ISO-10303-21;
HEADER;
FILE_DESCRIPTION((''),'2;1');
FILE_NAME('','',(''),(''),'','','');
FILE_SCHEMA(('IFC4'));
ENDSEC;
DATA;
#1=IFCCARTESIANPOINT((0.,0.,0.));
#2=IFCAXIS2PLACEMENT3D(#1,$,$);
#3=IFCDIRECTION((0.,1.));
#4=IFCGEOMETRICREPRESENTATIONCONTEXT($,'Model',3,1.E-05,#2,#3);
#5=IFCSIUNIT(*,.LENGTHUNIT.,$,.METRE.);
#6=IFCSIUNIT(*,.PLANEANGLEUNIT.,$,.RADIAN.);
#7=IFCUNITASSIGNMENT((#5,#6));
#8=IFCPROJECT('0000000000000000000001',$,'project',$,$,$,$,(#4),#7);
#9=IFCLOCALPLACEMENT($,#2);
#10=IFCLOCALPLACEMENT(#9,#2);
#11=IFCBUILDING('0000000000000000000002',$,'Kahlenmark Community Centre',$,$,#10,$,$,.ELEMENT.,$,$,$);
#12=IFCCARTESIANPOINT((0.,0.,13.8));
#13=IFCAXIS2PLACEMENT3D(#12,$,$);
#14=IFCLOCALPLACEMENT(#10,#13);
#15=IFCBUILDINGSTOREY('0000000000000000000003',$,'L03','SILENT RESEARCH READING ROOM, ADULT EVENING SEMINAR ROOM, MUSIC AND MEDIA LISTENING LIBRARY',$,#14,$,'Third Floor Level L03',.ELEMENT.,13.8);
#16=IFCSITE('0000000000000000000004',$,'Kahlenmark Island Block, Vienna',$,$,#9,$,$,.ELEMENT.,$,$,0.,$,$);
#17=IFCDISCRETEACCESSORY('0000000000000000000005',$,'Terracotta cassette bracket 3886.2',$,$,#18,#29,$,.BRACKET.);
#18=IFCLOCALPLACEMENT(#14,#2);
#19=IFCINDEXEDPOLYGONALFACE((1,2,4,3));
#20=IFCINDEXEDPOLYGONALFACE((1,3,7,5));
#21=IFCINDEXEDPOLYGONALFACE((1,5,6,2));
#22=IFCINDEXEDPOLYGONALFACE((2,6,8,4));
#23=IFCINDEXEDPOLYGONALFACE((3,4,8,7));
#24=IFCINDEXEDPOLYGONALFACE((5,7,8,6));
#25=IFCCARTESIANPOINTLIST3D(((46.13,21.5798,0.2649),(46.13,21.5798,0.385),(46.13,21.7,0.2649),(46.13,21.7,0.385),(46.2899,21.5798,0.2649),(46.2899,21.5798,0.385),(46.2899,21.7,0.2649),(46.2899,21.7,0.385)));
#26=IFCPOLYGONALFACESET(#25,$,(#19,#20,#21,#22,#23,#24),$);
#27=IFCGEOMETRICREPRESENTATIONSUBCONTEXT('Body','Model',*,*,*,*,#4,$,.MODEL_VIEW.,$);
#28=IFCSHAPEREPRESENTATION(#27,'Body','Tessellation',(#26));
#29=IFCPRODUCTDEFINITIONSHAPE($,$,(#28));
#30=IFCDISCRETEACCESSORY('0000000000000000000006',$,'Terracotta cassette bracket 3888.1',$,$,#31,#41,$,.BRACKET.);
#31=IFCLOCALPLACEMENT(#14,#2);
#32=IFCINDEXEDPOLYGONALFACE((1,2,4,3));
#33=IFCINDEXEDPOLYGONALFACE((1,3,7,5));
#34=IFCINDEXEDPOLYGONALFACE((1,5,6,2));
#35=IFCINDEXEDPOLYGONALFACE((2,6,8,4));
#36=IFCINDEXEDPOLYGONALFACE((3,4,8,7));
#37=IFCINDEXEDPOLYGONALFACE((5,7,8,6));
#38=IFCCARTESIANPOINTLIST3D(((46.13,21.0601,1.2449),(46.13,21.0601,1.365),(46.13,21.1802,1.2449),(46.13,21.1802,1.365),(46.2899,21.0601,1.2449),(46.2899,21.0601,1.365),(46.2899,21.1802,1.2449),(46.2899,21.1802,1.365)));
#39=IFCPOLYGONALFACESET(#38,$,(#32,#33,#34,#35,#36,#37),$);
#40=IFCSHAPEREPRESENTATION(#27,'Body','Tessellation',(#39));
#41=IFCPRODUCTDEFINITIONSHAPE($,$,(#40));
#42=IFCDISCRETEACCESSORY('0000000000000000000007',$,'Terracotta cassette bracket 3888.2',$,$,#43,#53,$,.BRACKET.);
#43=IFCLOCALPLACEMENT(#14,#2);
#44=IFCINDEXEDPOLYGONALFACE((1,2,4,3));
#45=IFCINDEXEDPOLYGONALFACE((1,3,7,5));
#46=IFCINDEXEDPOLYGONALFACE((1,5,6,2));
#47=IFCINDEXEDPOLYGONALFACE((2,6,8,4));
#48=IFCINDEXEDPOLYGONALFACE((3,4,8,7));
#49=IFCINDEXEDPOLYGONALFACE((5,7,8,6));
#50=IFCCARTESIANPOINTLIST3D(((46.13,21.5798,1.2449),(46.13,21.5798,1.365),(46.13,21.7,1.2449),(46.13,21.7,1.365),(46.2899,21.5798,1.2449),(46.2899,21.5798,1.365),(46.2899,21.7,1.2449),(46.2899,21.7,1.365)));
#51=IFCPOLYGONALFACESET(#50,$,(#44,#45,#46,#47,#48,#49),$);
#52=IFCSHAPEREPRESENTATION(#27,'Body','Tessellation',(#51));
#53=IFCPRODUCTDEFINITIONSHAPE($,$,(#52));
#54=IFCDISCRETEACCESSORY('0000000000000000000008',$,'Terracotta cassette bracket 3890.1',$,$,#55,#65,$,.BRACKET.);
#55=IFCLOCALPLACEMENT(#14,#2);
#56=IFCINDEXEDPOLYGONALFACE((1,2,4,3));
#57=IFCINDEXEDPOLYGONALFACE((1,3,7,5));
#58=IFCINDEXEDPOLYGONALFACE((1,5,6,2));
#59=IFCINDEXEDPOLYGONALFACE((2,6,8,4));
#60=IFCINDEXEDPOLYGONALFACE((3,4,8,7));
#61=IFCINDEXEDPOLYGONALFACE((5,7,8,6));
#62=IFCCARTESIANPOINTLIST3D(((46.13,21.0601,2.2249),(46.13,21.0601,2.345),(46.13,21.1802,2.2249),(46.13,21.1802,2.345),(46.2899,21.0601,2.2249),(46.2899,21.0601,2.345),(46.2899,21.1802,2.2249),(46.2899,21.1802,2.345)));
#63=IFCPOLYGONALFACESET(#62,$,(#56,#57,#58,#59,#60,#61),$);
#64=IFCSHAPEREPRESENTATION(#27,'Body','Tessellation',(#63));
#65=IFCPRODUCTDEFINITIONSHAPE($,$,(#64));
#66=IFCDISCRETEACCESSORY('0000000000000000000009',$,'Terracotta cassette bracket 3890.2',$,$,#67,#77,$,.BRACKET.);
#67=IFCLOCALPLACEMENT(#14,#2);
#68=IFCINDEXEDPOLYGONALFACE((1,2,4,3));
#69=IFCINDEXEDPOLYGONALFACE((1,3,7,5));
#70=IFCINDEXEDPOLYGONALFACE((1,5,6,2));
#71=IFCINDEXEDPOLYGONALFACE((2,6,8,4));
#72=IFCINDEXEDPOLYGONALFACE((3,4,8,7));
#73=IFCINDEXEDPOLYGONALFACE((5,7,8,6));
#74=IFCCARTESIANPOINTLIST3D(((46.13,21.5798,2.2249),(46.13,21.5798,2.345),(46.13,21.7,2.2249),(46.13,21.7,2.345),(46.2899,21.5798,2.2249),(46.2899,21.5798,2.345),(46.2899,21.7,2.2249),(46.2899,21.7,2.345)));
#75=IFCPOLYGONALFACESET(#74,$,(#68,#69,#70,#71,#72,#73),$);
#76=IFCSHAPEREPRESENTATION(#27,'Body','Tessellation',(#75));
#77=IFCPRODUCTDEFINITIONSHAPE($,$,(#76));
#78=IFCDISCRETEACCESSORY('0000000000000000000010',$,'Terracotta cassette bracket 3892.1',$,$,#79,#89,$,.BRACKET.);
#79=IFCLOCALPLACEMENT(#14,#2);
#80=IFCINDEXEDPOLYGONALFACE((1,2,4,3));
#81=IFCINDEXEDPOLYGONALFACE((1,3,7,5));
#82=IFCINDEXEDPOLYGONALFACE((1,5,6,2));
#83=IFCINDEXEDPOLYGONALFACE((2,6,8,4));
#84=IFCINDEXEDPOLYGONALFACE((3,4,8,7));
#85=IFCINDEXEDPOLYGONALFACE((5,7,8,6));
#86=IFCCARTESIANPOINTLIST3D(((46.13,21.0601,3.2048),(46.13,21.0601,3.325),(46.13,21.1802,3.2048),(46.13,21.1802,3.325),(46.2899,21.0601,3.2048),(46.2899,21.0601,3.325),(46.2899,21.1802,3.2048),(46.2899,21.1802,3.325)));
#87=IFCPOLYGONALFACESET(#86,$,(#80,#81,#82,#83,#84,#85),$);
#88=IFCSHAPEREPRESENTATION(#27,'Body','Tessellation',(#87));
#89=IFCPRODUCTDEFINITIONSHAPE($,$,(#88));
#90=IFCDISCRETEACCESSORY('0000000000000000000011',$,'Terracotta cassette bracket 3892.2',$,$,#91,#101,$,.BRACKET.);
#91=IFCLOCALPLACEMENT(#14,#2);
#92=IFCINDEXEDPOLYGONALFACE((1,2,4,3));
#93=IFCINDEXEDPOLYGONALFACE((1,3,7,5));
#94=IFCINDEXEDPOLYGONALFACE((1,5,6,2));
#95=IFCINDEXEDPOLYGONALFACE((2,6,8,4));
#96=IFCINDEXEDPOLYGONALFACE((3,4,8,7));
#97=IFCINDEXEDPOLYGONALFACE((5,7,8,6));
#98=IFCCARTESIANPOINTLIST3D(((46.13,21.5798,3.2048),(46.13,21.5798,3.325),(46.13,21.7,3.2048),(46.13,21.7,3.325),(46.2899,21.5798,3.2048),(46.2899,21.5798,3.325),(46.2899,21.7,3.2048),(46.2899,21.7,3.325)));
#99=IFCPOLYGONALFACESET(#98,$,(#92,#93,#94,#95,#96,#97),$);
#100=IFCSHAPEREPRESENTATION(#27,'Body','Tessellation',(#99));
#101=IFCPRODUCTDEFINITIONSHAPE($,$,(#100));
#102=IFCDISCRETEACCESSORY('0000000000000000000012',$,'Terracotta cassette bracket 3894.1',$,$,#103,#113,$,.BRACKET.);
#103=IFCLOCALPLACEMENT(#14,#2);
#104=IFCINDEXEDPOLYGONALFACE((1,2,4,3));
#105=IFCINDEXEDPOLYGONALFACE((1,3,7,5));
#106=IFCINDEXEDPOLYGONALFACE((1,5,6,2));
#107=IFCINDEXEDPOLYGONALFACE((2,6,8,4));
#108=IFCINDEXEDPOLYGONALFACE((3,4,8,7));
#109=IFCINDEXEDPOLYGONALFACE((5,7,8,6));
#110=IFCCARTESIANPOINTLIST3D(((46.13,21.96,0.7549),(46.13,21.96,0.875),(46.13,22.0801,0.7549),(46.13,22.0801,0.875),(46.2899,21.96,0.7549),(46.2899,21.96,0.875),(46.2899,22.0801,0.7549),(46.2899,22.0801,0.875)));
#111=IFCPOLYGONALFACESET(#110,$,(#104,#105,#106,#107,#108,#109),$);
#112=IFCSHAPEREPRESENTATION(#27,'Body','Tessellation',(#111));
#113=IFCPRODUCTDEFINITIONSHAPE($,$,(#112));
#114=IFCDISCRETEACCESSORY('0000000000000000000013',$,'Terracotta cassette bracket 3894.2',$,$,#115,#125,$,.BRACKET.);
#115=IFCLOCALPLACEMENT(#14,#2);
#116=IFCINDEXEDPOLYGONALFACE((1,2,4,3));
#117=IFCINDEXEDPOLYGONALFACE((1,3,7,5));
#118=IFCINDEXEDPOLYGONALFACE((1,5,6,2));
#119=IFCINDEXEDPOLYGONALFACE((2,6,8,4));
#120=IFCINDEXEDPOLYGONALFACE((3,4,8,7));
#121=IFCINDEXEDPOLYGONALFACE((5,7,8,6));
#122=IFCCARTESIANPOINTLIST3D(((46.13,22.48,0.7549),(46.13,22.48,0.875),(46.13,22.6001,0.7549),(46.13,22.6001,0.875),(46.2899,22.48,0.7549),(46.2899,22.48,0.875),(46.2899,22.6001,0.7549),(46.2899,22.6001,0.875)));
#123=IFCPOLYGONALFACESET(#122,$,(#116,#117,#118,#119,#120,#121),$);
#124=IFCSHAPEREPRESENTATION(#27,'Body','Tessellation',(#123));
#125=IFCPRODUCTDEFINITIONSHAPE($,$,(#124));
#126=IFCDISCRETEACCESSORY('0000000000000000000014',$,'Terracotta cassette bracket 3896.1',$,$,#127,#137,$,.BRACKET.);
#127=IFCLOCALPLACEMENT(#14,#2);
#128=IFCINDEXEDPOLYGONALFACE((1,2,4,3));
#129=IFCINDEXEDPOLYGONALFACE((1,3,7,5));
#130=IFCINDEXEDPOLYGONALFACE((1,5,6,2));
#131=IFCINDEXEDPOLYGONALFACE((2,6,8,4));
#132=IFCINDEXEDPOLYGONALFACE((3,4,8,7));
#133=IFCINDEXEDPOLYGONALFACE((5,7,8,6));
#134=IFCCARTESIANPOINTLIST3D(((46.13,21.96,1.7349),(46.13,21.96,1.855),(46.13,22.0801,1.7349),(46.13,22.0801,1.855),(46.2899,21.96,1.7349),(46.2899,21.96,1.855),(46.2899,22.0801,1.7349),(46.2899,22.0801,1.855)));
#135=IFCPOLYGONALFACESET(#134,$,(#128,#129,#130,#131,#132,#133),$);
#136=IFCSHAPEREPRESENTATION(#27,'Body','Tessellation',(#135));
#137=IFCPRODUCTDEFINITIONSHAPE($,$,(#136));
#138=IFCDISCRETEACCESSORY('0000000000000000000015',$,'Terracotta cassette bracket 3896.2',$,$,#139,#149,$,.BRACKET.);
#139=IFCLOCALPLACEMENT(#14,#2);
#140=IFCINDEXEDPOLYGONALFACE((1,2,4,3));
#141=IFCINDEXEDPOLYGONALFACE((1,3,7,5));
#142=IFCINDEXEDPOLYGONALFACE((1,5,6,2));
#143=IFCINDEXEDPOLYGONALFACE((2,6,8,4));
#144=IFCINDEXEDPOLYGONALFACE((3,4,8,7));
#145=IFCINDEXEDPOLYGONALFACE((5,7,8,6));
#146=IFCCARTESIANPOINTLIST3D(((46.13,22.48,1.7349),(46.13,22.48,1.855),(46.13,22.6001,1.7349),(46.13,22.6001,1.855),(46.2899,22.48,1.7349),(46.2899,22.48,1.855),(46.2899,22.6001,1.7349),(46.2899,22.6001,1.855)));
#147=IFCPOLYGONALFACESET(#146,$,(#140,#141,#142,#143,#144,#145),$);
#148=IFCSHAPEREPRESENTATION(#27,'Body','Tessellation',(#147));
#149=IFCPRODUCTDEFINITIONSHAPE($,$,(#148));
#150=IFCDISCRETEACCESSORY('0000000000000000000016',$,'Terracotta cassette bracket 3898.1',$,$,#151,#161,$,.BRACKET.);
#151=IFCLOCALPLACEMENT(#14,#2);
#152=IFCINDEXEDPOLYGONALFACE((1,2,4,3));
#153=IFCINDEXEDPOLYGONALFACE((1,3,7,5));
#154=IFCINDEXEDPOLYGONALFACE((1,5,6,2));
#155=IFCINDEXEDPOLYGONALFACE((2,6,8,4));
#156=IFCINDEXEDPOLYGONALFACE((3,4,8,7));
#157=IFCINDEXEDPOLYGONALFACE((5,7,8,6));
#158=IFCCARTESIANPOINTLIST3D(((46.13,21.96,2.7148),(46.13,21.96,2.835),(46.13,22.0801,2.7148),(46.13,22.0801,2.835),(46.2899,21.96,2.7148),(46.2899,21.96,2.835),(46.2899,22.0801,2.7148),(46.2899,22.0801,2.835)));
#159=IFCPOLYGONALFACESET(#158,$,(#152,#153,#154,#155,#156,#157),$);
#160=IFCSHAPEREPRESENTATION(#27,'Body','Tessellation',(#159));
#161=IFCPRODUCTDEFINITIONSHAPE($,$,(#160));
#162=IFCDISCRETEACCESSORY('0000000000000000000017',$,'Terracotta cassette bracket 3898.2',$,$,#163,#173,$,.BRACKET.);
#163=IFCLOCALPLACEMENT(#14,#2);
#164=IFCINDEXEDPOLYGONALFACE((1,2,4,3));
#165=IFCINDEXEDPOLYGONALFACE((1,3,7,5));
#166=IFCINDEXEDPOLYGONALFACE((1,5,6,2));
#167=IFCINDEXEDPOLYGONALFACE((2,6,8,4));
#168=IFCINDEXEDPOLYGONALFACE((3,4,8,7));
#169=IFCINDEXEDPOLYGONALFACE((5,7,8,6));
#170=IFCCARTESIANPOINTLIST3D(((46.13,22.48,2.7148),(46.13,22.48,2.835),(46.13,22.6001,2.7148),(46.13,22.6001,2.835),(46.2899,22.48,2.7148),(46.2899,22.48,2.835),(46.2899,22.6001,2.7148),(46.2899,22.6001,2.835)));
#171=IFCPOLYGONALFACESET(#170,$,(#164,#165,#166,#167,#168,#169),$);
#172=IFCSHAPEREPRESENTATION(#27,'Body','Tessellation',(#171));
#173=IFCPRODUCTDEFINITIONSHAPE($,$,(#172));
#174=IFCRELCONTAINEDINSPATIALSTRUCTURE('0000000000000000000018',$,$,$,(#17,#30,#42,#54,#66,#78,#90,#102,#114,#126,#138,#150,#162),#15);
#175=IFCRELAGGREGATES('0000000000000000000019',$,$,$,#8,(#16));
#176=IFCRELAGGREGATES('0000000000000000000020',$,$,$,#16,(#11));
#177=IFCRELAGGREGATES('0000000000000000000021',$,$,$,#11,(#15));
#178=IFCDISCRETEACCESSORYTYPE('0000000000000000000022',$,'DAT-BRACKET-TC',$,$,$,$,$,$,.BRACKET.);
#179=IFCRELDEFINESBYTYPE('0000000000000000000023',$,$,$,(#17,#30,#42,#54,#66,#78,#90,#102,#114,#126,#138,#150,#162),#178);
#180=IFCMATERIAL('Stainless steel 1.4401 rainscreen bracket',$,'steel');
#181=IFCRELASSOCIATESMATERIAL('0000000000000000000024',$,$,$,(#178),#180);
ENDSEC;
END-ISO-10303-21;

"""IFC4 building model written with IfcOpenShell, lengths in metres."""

from ifc_helpers import new_model, si_unit, direction, frame, origin, origin_2d, place, context, subcontext, project, spatial, rectangle, extrude, material, type_object, element, save


model = new_model("IFC4")

# Units and contexts
model_context = context("Model", 3, precision=1e-05, world=origin(), true_north=direction((0.0, 1.0)))
body_context = subcontext(model_context, "Body", "Model", "MODEL_VIEW")
ifc_project = project(units=[si_unit("LENGTHUNIT", "METRE"), si_unit("PLANEANGLEUNIT", "RADIAN")], contexts=[model_context])

# Site, building, storey
site_placement = place(None, origin())
site = spatial("IfcSite", under=ifc_project, at=site_placement, Name="Kahlenmark Island Block, Vienna", CompositionType="ELEMENT", RefElevation=0.0)
building_placement = place(site_placement, origin())
building = spatial("IfcBuilding", under=site, at=building_placement, Name="Kahlenmark Community Centre", CompositionType="ELEMENT")
storey_placement = place(building_placement, frame((0.0, 0.0, 13.8)))
storey = spatial("IfcBuildingStorey", under=building, at=storey_placement, Name="L03", Description="SILENT RESEARCH READING ROOM, ADULT EVENING SEMINAR ROOM, MUSIC AND MEDIA LISTENING LIBRARY", LongName="Third Floor Level L03", CompositionType="ELEMENT", Elevation=13.8)

# Discrete accessories
ifc_material_1 = material(Name="Stainless steel 1.4401 rainscreen bracket", Category="steel")
discrete_accessory_type = type_object("IfcDiscreteAccessoryType", Name="DAT-BRACKET-TC", PredefinedType="BRACKET", material=ifc_material_1)
for number, where, z_axis, x_axis, name in (
    (1, (46.21, 21.6399, 0.2649), (0.0, 0.0, 1.0), (0.0, 1.0, 0.0), "Terracotta cassette bracket 3886.2"),
    (2, (46.21, 21.1201, 1.2449), (0.0, 0.0, 1.0), (0.0, 1.0, 0.0), "Terracotta cassette bracket 3888.1"),
    (3, (46.21, 21.6399, 1.2449), (0.0, 0.0, 1.0), (0.0, 1.0, 0.0), "Terracotta cassette bracket 3888.2"),
    (4, (46.21, 21.1201, 2.2249), (0.0, 0.0, 1.0), (0.0, 1.0, 0.0), "Terracotta cassette bracket 3890.1"),
    (5, (46.21, 21.6399, 2.2249), (0.0, 0.0, 1.0), (0.0, 1.0, 0.0), "Terracotta cassette bracket 3890.2"),
    (6, (46.21, 21.1201, 3.2048), (0.0, 0.0, 1.0), (0.0, 1.0, 0.0), "Terracotta cassette bracket 3892.1"),
    (7, (46.21, 21.6399, 3.2048), (0.0, 0.0, 1.0), (0.0, 1.0, 0.0), "Terracotta cassette bracket 3892.2"),
    (8, (46.21, 22.02, 0.7549), (0.0, 0.0, 1.0), (0.0, 1.0, 0.0), "Terracotta cassette bracket 3894.1"),
    (9, (46.21, 22.54, 0.7549), (0.0, 0.0, 1.0), (0.0, 1.0, 0.0), "Terracotta cassette bracket 3894.2"),
    (10, (46.21, 22.02, 1.7349), (0.0, 0.0, 1.0), (0.0, 1.0, 0.0), "Terracotta cassette bracket 3896.1"),
    (11, (46.21, 22.54, 1.7349), (0.0, 0.0, 1.0), (0.0, 1.0, 0.0), "Terracotta cassette bracket 3896.2"),
    (12, (46.21, 22.02, 2.7148), (0.0, 0.0, 1.0), (0.0, 1.0, 0.0), "Terracotta cassette bracket 3898.1"),
    (13, (46.21, 22.54, 2.7148), (0.0, 0.0, 1.0), (0.0, 1.0, 0.0), "Terracotta cassette bracket 3898.2"),
):
    element("IfcDiscreteAccessory", number, at=place(storey_placement, frame(where, z_axis=z_axis, x_axis=x_axis)), inside=storey, type_object=discrete_accessory_type, Name=name, PredefinedType="BRACKET", context=body_context, shape_type="SweptSolid", body=[
        extrude(rectangle(XDim=0.1201, YDim=0.1599, at=origin_2d()), origin(), (0.0, 0.0, 1.0), 0.1201),
    ])

save(model, "model.ifc")
